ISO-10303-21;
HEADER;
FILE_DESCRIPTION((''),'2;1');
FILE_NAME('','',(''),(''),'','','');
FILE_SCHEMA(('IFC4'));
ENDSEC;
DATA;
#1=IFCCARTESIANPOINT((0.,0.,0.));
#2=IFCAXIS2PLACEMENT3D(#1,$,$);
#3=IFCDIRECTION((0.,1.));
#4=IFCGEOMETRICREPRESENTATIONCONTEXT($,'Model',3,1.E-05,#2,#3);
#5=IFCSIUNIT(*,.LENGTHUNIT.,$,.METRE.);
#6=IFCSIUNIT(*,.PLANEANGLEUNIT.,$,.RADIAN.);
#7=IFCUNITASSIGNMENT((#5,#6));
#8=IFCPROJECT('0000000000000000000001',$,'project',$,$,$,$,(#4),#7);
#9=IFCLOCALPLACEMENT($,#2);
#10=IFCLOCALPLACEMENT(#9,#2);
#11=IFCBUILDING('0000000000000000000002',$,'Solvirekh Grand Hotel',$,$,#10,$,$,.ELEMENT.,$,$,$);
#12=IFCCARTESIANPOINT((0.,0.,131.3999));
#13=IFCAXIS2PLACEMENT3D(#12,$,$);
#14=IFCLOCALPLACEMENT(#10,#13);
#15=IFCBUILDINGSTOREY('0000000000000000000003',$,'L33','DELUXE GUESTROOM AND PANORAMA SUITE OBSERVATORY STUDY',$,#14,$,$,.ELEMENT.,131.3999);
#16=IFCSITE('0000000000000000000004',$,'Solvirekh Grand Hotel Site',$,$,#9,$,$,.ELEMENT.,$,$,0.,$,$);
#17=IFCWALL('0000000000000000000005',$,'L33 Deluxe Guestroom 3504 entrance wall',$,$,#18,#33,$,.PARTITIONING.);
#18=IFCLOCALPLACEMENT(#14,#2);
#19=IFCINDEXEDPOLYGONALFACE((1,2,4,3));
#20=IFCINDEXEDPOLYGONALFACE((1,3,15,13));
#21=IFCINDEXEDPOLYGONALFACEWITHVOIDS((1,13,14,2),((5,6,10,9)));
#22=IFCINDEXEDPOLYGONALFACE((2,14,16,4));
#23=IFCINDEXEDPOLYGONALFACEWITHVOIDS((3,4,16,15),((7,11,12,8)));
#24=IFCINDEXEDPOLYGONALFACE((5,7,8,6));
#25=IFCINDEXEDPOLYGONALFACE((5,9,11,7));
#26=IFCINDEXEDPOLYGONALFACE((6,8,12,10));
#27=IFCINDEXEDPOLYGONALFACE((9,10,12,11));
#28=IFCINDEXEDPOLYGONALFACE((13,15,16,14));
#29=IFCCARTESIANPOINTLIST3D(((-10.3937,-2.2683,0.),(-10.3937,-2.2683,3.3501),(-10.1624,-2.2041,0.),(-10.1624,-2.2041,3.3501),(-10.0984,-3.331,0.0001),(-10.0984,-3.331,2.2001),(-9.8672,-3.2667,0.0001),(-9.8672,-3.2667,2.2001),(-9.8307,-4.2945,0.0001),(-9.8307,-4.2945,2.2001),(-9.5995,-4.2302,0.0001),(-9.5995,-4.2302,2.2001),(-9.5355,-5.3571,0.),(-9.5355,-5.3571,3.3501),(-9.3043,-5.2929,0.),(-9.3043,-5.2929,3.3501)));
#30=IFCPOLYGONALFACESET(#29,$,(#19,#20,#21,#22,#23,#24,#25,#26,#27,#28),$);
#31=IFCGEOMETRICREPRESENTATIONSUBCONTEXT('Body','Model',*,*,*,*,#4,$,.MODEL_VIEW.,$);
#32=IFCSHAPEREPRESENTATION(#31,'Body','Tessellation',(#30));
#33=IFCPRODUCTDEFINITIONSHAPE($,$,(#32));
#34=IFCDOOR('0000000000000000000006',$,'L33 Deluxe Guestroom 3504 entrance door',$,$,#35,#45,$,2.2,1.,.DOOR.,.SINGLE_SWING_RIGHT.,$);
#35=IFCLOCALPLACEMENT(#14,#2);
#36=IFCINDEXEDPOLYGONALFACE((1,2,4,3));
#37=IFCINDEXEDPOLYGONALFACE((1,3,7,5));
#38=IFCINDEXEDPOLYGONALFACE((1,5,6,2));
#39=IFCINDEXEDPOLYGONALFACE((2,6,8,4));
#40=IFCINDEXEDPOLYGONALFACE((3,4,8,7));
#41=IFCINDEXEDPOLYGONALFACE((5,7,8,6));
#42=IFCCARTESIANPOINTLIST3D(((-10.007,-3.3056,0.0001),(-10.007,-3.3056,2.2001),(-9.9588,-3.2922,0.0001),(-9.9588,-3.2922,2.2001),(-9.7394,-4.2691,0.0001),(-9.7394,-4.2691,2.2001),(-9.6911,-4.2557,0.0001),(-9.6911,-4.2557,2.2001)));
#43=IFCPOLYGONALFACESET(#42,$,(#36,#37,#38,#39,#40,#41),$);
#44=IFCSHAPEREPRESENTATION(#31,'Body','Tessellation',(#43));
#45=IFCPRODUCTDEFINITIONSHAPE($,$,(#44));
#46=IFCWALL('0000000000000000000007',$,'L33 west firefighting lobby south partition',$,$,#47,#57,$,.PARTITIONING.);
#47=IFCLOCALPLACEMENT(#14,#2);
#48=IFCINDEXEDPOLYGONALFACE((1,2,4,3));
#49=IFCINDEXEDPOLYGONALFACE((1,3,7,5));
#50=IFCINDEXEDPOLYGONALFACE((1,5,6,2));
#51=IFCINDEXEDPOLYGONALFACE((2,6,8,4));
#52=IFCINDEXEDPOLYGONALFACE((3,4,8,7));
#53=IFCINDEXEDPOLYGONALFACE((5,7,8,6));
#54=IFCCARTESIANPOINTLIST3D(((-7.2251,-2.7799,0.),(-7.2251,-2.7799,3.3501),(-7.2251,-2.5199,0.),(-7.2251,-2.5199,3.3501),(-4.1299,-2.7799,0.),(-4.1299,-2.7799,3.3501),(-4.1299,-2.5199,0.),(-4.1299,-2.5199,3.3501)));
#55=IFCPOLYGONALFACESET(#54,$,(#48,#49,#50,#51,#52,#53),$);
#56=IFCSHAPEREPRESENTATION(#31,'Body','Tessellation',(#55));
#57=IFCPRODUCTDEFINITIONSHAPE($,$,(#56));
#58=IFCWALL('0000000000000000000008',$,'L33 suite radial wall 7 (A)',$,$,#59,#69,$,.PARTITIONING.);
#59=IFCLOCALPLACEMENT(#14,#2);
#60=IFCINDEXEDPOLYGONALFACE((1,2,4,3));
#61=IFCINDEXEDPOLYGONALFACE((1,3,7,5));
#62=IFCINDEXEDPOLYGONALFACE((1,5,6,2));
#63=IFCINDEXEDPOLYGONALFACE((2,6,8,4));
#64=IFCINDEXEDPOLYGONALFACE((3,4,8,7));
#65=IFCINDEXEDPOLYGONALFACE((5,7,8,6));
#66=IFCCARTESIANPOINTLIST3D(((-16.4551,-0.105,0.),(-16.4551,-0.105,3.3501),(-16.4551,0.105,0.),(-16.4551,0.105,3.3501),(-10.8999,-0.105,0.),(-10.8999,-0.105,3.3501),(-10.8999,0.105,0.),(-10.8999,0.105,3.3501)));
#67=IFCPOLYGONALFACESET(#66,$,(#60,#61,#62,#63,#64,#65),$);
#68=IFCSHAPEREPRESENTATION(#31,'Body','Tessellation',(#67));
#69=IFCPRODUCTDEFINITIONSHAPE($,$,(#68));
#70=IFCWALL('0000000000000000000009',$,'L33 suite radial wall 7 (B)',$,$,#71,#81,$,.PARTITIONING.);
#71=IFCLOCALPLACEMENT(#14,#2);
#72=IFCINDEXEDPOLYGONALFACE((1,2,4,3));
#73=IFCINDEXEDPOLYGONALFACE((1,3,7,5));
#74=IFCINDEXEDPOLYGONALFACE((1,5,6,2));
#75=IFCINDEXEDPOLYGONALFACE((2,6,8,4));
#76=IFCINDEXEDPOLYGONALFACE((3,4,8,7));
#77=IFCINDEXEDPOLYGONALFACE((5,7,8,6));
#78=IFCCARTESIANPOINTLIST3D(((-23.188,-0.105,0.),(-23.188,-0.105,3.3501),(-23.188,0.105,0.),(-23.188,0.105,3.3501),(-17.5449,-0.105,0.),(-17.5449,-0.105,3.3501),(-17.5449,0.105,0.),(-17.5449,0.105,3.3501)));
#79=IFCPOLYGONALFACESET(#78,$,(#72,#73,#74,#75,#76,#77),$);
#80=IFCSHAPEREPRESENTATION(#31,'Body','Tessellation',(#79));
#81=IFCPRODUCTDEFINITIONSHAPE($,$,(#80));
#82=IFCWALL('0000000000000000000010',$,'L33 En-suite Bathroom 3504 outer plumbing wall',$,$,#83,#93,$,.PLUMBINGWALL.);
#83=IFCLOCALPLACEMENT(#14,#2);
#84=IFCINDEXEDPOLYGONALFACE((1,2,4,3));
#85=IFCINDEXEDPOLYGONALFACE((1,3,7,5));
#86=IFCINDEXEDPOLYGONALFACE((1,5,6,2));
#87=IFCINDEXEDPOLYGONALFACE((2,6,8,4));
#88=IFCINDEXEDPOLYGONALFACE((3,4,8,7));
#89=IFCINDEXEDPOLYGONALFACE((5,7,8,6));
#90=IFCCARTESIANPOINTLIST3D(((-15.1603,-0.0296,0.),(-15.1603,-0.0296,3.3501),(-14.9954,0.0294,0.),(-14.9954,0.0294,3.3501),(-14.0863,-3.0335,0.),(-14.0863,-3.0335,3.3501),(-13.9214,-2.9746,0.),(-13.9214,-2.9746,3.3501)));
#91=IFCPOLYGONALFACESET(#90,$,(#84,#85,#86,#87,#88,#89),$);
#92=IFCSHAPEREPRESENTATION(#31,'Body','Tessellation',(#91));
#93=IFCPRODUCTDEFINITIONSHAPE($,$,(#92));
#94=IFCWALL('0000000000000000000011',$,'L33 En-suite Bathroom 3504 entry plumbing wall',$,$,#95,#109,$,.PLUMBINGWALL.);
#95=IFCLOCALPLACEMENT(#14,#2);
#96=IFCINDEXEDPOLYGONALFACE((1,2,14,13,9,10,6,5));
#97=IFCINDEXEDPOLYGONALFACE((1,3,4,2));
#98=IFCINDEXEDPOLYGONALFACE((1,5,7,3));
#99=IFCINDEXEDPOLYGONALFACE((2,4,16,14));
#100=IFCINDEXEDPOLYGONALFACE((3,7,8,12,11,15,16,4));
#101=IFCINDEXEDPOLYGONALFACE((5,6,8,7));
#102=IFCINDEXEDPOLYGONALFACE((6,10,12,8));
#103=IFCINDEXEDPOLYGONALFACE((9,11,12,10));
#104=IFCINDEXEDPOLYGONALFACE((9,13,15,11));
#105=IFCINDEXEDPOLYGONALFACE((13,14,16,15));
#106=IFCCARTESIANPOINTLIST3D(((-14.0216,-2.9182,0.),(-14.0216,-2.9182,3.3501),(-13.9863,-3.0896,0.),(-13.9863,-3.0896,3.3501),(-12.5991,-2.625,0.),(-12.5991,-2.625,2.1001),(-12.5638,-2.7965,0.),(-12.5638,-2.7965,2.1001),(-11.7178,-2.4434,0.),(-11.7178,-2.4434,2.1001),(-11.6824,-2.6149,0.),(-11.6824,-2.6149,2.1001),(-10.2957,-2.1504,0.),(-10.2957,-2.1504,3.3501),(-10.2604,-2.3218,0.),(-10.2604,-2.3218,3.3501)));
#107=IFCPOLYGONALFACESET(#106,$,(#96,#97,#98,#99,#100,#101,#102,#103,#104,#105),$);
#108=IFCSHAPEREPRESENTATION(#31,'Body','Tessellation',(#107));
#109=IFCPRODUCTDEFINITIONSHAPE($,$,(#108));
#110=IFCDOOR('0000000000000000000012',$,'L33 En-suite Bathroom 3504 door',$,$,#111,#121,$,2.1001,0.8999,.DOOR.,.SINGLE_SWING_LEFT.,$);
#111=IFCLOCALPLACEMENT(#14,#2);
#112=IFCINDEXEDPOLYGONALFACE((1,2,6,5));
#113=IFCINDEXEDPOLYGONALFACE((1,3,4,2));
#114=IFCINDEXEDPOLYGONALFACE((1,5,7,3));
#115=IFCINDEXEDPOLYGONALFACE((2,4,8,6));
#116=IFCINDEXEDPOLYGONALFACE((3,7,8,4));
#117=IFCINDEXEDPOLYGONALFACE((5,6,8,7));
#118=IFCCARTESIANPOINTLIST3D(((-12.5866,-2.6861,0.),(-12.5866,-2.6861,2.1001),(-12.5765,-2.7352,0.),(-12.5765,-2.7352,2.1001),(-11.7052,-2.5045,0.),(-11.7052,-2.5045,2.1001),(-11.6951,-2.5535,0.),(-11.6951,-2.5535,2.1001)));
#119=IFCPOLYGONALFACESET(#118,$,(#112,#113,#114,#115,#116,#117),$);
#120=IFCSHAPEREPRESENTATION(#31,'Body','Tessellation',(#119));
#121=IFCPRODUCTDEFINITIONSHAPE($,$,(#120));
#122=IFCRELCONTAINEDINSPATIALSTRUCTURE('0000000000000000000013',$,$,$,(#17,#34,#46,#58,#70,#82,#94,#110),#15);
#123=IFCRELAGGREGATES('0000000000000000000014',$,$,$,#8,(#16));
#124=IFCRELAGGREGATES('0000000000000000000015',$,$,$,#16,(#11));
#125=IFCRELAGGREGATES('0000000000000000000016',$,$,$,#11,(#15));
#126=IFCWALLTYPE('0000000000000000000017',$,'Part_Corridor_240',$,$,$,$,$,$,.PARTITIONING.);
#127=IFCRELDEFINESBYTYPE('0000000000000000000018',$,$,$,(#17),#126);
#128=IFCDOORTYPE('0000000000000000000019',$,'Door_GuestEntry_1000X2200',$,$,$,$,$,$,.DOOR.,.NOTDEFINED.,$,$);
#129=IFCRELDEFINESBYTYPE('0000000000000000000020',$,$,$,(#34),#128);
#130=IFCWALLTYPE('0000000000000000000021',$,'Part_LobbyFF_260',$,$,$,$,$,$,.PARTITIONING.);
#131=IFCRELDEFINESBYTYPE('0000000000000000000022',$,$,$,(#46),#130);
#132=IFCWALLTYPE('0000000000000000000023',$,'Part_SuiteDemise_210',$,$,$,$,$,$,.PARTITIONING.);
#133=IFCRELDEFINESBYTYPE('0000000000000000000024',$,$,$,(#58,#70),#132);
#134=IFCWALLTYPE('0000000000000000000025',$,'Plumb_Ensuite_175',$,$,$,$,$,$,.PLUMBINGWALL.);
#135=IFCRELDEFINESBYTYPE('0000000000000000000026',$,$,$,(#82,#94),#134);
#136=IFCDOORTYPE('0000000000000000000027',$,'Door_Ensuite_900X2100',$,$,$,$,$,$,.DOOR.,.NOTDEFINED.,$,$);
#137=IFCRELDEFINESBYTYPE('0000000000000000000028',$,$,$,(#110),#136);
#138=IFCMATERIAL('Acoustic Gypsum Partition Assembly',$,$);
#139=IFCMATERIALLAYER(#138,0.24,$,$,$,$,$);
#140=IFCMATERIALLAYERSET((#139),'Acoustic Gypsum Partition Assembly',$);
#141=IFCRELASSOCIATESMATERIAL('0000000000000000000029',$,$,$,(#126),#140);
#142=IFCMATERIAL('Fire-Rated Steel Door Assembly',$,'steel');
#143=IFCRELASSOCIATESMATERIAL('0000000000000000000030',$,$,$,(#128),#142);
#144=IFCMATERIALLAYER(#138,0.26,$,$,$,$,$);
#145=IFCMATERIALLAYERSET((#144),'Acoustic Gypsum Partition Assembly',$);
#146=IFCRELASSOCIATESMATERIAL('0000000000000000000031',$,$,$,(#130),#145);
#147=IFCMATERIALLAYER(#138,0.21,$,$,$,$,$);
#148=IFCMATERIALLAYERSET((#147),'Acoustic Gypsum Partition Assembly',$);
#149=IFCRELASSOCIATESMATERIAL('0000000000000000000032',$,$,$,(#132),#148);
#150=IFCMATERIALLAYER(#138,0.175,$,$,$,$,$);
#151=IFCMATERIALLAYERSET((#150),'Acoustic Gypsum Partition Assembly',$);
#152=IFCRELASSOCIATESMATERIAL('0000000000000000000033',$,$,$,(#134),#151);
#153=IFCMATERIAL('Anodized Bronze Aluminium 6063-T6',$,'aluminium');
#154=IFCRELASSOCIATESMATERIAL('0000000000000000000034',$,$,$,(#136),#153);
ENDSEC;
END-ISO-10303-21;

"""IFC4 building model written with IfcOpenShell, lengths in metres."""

from ifc_helpers import new_model, si_unit, direction, frame, frame_2d, origin, place, context, subcontext, project, spatial, rectangle, extrude, material, layer, layer_set, type_object, element, fill, save


model = new_model("IFC4")

# Units and contexts
model_context = context("Model", 3, precision=1e-05, world=origin(), true_north=direction((0.0, 1.0)))
body_context = subcontext(model_context, "Body", "Model", "MODEL_VIEW")
ifc_project = project(units=[si_unit("LENGTHUNIT", "METRE"), si_unit("PLANEANGLEUNIT", "RADIAN")], contexts=[model_context])

# Site, building, storey
site_placement = place(None, origin())
site = spatial("IfcSite", under=ifc_project, at=site_placement, Name="Solvirekh Grand Hotel Site", CompositionType="ELEMENT", RefElevation=0.0)
building_placement = place(site_placement, origin())
building = spatial("IfcBuilding", under=site, at=building_placement, Name="Solvirekh Grand Hotel", CompositionType="ELEMENT")
storey_placement = place(building_placement, frame((0.0, 0.0, 131.3999)))
storey = spatial("IfcBuildingStorey", under=building, at=storey_placement, Name="L33", Description="DELUXE GUESTROOM AND PANORAMA SUITE OBSERVATORY STUDY", CompositionType="ELEMENT", Elevation=131.3999)

# Shared definitions
ifc_material_1 = material(Name="Acoustic Gypsum Partition Assembly")

# Shared definitions
ifc_material_2 = material(Name="Anodized Bronze Aluminium 6063-T6", Category="aluminium")
ifc_layer_1 = layer(ifc_material_1, 0.24)
ifc_layer_set_1 = layer_set([ifc_layer_1], Name="Acoustic Gypsum Partition Assembly")
wall_type_1 = type_object("IfcWallType", Name="Part_Corridor_240", PredefinedType="PARTITIONING", material=ifc_layer_set_1)
ifc_material_3 = material(Name="Fire-Rated Steel Door Assembly", Category="steel")

# Wall, opening, door
wall_1_placement = place(storey_placement, frame((-10.2781, -2.2361, 0.0), z_axis=(0.0, 0.0, 1.0), x_axis=(0.267683, -0.963507, 0.0)))
wall_1 = element("IfcWall", 1, at=wall_1_placement, inside=storey, type_object=wall_type_1, Name="L33 Deluxe Guestroom 3504 entrance wall", PredefinedType="PARTITIONING", context=body_context, shape_type="SweptSolid", body=[
    extrude(rectangle(XDim=3.2058, YDim=0.24, at=frame_2d((1.603, 0.0))), origin(), (0.0, 0.0, 1.0), 3.3501),
])
opening_1_placement = place(wall_1_placement, frame((1.103, 0.0, 0.0)))
opening_1 = element("IfcOpeningElement", 2, at=opening_1_placement, cuts=wall_1, PredefinedType="OPENING", context=body_context, shape_type="SweptSolid", body=[
    extrude(rectangle(XDim=1.0, YDim=2.2, at=frame_2d((0.5, 1.1001))), frame((0.0, 0.1299, 0.0), z_axis=(0.0, -1.0, 0.0), x_axis=(1.0, 0.0, 0.0)), (0.0, 0.0, 1.0), 0.26),
])
door_type_1 = type_object("IfcDoorType", Name="Door_GuestEntry_1000X2200", OperationType="NOTDEFINED", PredefinedType="DOOR", material=ifc_material_3)
door_1_placement = place(opening_1_placement, origin())
door_1 = element("IfcDoor", 3, at=door_1_placement, inside=storey, type_object=door_type_1, Name="L33 Deluxe Guestroom 3504 entrance door", OperationType="SINGLE_SWING_RIGHT", OverallHeight=2.2, OverallWidth=1.0, PredefinedType="DOOR", context=body_context, shape_type="SweptSolid", body=[
    extrude(rectangle(XDim=1.0, YDim=2.2, at=frame_2d((0.5, 1.1001))), frame((0.0, 0.0249, 0.0), z_axis=(0.0, -1.0, 0.0), x_axis=(1.0, 0.0, 0.0)), (0.0, 0.0, 1.0), 0.05),
])
fill(opening_1, door_1)

# Walls
ifc_layer_2 = layer(ifc_material_1, 0.26)
ifc_layer_set_2 = layer_set([ifc_layer_2], Name="Acoustic Gypsum Partition Assembly")
wall_type_2 = type_object("IfcWallType", Name="Part_LobbyFF_260", PredefinedType="PARTITIONING", material=ifc_layer_set_2)
wall_2_placement = place(storey_placement, frame((-7.2251, -2.6499, 0.0), z_axis=(0.0, 0.0, 1.0), x_axis=(1.0, 0.0, 0.0)))
element("IfcWall", 4, at=wall_2_placement, inside=storey, type_object=wall_type_2, Name="L33 west firefighting lobby south partition", PredefinedType="PARTITIONING", context=body_context, shape_type="SweptSolid", body=[
    extrude(rectangle(XDim=3.0952, YDim=0.26, at=frame_2d((1.5476, 0.0))), origin(), (0.0, 0.0, 1.0), 3.3501),
])
ifc_layer_3 = layer(ifc_material_1, 0.21)
ifc_layer_set_3 = layer_set([ifc_layer_3], Name="Acoustic Gypsum Partition Assembly")
wall_type_3 = type_object("IfcWallType", Name="Part_SuiteDemise_210", PredefinedType="PARTITIONING", material=ifc_layer_set_3)
wall_3_placement = place(storey_placement, frame((-10.8999, 0.0, 0.0), z_axis=(0.0, 0.0, 1.0), x_axis=(-1.0, 0.0, 0.0)))
element("IfcWall", 5, at=wall_3_placement, inside=storey, type_object=wall_type_3, Name="L33 suite radial wall 7 (A)", PredefinedType="PARTITIONING", context=body_context, shape_type="SweptSolid", body=[
    extrude(rectangle(XDim=5.5552, YDim=0.21, at=frame_2d((2.7776, 0.0))), origin(), (0.0, 0.0, 1.0), 3.3501),
])
wall_4_placement = place(storey_placement, frame((-17.5449, 0.0, 0.0), z_axis=(0.0, 0.0, 1.0), x_axis=(-1.0, 0.0, 0.0)))
element("IfcWall", 6, at=wall_4_placement, inside=storey, type_object=wall_type_3, Name="L33 suite radial wall 7 (B)", PredefinedType="PARTITIONING", context=body_context, shape_type="SweptSolid", body=[
    extrude(rectangle(XDim=5.6431, YDim=0.21, at=frame_2d((2.8215, 0.0))), origin(), (0.0, 0.0, 1.0), 3.3501),
])
ifc_layer_4 = layer(ifc_material_1, 0.175)
ifc_layer_set_4 = layer_set([ifc_layer_4], Name="Acoustic Gypsum Partition Assembly")
wall_type_4 = type_object("IfcWallType", Name="Plumb_Ensuite_175", PredefinedType="PLUMBINGWALL", material=ifc_layer_set_4)
wall_5_placement = place(storey_placement, frame((-15.0779, 0.0, 0.0), z_axis=(0.0, 0.0, 1.0), x_axis=(0.336656, -0.941628, 0.0)))
element("IfcWall", 7, at=wall_5_placement, inside=storey, type_object=wall_type_4, Name="L33 En-suite Bathroom 3504 outer plumbing wall", PredefinedType="PLUMBINGWALL", context=body_context, shape_type="SweptSolid", body=[
    extrude(rectangle(XDim=3.1902, YDim=0.175, at=frame_2d((1.5952, 0.0))), origin(), (0.0, 0.0, 1.0), 3.3501),
])

# Wall, opening, door
wall_6_placement = place(storey_placement, frame((-10.2781, -2.2361, 0.0), z_axis=(0.0, 0.0, 1.0), x_axis=(-0.979419, -0.201839, 0.0)))
wall_6 = element("IfcWall", 8, at=wall_6_placement, inside=storey, type_object=wall_type_4, Name="L33 En-suite Bathroom 3504 entry plumbing wall", PredefinedType="PLUMBINGWALL", context=body_context, shape_type="SweptSolid", body=[
    extrude(rectangle(XDim=3.8042, YDim=0.175, at=frame_2d((1.9021, 0.0))), origin(), (0.0, 0.0, 1.0), 3.3501),
])
opening_2_placement = place(wall_6_placement, frame((1.4519, 0.0, 0.0)))
opening_2 = element("IfcOpeningElement", 9, at=opening_2_placement, cuts=wall_6, PredefinedType="OPENING", context=body_context, shape_type="SweptSolid", body=[
    extrude(rectangle(XDim=0.8999, YDim=2.1001, at=frame_2d((0.45, 1.05))), frame((0.0, 0.0977, 0.0), z_axis=(0.0, -1.0, 0.0), x_axis=(1.0, 0.0, 0.0)), (0.0, 0.0, 1.0), 0.1951),
])
door_type_2 = type_object("IfcDoorType", Name="Door_Ensuite_900X2100", OperationType="NOTDEFINED", PredefinedType="DOOR", material=ifc_material_2)
door_2_placement = place(opening_2_placement, origin())
door_2 = element("IfcDoor", 10, at=door_2_placement, inside=storey, type_object=door_type_2, Name="L33 En-suite Bathroom 3504 door", OperationType="SINGLE_SWING_LEFT", OverallHeight=2.1001, OverallWidth=0.8999, PredefinedType="DOOR", context=body_context, shape_type="SweptSolid", body=[
    extrude(rectangle(XDim=0.8999, YDim=2.1001, at=frame_2d((0.45, 1.05))), frame((0.0, 0.0249, 0.0), z_axis=(0.0, -1.0, 0.0), x_axis=(1.0, 0.0, 0.0)), (0.0, 0.0, 1.0), 0.05),
])
fill(opening_2, door_2)

save(model, "model.ifc")
